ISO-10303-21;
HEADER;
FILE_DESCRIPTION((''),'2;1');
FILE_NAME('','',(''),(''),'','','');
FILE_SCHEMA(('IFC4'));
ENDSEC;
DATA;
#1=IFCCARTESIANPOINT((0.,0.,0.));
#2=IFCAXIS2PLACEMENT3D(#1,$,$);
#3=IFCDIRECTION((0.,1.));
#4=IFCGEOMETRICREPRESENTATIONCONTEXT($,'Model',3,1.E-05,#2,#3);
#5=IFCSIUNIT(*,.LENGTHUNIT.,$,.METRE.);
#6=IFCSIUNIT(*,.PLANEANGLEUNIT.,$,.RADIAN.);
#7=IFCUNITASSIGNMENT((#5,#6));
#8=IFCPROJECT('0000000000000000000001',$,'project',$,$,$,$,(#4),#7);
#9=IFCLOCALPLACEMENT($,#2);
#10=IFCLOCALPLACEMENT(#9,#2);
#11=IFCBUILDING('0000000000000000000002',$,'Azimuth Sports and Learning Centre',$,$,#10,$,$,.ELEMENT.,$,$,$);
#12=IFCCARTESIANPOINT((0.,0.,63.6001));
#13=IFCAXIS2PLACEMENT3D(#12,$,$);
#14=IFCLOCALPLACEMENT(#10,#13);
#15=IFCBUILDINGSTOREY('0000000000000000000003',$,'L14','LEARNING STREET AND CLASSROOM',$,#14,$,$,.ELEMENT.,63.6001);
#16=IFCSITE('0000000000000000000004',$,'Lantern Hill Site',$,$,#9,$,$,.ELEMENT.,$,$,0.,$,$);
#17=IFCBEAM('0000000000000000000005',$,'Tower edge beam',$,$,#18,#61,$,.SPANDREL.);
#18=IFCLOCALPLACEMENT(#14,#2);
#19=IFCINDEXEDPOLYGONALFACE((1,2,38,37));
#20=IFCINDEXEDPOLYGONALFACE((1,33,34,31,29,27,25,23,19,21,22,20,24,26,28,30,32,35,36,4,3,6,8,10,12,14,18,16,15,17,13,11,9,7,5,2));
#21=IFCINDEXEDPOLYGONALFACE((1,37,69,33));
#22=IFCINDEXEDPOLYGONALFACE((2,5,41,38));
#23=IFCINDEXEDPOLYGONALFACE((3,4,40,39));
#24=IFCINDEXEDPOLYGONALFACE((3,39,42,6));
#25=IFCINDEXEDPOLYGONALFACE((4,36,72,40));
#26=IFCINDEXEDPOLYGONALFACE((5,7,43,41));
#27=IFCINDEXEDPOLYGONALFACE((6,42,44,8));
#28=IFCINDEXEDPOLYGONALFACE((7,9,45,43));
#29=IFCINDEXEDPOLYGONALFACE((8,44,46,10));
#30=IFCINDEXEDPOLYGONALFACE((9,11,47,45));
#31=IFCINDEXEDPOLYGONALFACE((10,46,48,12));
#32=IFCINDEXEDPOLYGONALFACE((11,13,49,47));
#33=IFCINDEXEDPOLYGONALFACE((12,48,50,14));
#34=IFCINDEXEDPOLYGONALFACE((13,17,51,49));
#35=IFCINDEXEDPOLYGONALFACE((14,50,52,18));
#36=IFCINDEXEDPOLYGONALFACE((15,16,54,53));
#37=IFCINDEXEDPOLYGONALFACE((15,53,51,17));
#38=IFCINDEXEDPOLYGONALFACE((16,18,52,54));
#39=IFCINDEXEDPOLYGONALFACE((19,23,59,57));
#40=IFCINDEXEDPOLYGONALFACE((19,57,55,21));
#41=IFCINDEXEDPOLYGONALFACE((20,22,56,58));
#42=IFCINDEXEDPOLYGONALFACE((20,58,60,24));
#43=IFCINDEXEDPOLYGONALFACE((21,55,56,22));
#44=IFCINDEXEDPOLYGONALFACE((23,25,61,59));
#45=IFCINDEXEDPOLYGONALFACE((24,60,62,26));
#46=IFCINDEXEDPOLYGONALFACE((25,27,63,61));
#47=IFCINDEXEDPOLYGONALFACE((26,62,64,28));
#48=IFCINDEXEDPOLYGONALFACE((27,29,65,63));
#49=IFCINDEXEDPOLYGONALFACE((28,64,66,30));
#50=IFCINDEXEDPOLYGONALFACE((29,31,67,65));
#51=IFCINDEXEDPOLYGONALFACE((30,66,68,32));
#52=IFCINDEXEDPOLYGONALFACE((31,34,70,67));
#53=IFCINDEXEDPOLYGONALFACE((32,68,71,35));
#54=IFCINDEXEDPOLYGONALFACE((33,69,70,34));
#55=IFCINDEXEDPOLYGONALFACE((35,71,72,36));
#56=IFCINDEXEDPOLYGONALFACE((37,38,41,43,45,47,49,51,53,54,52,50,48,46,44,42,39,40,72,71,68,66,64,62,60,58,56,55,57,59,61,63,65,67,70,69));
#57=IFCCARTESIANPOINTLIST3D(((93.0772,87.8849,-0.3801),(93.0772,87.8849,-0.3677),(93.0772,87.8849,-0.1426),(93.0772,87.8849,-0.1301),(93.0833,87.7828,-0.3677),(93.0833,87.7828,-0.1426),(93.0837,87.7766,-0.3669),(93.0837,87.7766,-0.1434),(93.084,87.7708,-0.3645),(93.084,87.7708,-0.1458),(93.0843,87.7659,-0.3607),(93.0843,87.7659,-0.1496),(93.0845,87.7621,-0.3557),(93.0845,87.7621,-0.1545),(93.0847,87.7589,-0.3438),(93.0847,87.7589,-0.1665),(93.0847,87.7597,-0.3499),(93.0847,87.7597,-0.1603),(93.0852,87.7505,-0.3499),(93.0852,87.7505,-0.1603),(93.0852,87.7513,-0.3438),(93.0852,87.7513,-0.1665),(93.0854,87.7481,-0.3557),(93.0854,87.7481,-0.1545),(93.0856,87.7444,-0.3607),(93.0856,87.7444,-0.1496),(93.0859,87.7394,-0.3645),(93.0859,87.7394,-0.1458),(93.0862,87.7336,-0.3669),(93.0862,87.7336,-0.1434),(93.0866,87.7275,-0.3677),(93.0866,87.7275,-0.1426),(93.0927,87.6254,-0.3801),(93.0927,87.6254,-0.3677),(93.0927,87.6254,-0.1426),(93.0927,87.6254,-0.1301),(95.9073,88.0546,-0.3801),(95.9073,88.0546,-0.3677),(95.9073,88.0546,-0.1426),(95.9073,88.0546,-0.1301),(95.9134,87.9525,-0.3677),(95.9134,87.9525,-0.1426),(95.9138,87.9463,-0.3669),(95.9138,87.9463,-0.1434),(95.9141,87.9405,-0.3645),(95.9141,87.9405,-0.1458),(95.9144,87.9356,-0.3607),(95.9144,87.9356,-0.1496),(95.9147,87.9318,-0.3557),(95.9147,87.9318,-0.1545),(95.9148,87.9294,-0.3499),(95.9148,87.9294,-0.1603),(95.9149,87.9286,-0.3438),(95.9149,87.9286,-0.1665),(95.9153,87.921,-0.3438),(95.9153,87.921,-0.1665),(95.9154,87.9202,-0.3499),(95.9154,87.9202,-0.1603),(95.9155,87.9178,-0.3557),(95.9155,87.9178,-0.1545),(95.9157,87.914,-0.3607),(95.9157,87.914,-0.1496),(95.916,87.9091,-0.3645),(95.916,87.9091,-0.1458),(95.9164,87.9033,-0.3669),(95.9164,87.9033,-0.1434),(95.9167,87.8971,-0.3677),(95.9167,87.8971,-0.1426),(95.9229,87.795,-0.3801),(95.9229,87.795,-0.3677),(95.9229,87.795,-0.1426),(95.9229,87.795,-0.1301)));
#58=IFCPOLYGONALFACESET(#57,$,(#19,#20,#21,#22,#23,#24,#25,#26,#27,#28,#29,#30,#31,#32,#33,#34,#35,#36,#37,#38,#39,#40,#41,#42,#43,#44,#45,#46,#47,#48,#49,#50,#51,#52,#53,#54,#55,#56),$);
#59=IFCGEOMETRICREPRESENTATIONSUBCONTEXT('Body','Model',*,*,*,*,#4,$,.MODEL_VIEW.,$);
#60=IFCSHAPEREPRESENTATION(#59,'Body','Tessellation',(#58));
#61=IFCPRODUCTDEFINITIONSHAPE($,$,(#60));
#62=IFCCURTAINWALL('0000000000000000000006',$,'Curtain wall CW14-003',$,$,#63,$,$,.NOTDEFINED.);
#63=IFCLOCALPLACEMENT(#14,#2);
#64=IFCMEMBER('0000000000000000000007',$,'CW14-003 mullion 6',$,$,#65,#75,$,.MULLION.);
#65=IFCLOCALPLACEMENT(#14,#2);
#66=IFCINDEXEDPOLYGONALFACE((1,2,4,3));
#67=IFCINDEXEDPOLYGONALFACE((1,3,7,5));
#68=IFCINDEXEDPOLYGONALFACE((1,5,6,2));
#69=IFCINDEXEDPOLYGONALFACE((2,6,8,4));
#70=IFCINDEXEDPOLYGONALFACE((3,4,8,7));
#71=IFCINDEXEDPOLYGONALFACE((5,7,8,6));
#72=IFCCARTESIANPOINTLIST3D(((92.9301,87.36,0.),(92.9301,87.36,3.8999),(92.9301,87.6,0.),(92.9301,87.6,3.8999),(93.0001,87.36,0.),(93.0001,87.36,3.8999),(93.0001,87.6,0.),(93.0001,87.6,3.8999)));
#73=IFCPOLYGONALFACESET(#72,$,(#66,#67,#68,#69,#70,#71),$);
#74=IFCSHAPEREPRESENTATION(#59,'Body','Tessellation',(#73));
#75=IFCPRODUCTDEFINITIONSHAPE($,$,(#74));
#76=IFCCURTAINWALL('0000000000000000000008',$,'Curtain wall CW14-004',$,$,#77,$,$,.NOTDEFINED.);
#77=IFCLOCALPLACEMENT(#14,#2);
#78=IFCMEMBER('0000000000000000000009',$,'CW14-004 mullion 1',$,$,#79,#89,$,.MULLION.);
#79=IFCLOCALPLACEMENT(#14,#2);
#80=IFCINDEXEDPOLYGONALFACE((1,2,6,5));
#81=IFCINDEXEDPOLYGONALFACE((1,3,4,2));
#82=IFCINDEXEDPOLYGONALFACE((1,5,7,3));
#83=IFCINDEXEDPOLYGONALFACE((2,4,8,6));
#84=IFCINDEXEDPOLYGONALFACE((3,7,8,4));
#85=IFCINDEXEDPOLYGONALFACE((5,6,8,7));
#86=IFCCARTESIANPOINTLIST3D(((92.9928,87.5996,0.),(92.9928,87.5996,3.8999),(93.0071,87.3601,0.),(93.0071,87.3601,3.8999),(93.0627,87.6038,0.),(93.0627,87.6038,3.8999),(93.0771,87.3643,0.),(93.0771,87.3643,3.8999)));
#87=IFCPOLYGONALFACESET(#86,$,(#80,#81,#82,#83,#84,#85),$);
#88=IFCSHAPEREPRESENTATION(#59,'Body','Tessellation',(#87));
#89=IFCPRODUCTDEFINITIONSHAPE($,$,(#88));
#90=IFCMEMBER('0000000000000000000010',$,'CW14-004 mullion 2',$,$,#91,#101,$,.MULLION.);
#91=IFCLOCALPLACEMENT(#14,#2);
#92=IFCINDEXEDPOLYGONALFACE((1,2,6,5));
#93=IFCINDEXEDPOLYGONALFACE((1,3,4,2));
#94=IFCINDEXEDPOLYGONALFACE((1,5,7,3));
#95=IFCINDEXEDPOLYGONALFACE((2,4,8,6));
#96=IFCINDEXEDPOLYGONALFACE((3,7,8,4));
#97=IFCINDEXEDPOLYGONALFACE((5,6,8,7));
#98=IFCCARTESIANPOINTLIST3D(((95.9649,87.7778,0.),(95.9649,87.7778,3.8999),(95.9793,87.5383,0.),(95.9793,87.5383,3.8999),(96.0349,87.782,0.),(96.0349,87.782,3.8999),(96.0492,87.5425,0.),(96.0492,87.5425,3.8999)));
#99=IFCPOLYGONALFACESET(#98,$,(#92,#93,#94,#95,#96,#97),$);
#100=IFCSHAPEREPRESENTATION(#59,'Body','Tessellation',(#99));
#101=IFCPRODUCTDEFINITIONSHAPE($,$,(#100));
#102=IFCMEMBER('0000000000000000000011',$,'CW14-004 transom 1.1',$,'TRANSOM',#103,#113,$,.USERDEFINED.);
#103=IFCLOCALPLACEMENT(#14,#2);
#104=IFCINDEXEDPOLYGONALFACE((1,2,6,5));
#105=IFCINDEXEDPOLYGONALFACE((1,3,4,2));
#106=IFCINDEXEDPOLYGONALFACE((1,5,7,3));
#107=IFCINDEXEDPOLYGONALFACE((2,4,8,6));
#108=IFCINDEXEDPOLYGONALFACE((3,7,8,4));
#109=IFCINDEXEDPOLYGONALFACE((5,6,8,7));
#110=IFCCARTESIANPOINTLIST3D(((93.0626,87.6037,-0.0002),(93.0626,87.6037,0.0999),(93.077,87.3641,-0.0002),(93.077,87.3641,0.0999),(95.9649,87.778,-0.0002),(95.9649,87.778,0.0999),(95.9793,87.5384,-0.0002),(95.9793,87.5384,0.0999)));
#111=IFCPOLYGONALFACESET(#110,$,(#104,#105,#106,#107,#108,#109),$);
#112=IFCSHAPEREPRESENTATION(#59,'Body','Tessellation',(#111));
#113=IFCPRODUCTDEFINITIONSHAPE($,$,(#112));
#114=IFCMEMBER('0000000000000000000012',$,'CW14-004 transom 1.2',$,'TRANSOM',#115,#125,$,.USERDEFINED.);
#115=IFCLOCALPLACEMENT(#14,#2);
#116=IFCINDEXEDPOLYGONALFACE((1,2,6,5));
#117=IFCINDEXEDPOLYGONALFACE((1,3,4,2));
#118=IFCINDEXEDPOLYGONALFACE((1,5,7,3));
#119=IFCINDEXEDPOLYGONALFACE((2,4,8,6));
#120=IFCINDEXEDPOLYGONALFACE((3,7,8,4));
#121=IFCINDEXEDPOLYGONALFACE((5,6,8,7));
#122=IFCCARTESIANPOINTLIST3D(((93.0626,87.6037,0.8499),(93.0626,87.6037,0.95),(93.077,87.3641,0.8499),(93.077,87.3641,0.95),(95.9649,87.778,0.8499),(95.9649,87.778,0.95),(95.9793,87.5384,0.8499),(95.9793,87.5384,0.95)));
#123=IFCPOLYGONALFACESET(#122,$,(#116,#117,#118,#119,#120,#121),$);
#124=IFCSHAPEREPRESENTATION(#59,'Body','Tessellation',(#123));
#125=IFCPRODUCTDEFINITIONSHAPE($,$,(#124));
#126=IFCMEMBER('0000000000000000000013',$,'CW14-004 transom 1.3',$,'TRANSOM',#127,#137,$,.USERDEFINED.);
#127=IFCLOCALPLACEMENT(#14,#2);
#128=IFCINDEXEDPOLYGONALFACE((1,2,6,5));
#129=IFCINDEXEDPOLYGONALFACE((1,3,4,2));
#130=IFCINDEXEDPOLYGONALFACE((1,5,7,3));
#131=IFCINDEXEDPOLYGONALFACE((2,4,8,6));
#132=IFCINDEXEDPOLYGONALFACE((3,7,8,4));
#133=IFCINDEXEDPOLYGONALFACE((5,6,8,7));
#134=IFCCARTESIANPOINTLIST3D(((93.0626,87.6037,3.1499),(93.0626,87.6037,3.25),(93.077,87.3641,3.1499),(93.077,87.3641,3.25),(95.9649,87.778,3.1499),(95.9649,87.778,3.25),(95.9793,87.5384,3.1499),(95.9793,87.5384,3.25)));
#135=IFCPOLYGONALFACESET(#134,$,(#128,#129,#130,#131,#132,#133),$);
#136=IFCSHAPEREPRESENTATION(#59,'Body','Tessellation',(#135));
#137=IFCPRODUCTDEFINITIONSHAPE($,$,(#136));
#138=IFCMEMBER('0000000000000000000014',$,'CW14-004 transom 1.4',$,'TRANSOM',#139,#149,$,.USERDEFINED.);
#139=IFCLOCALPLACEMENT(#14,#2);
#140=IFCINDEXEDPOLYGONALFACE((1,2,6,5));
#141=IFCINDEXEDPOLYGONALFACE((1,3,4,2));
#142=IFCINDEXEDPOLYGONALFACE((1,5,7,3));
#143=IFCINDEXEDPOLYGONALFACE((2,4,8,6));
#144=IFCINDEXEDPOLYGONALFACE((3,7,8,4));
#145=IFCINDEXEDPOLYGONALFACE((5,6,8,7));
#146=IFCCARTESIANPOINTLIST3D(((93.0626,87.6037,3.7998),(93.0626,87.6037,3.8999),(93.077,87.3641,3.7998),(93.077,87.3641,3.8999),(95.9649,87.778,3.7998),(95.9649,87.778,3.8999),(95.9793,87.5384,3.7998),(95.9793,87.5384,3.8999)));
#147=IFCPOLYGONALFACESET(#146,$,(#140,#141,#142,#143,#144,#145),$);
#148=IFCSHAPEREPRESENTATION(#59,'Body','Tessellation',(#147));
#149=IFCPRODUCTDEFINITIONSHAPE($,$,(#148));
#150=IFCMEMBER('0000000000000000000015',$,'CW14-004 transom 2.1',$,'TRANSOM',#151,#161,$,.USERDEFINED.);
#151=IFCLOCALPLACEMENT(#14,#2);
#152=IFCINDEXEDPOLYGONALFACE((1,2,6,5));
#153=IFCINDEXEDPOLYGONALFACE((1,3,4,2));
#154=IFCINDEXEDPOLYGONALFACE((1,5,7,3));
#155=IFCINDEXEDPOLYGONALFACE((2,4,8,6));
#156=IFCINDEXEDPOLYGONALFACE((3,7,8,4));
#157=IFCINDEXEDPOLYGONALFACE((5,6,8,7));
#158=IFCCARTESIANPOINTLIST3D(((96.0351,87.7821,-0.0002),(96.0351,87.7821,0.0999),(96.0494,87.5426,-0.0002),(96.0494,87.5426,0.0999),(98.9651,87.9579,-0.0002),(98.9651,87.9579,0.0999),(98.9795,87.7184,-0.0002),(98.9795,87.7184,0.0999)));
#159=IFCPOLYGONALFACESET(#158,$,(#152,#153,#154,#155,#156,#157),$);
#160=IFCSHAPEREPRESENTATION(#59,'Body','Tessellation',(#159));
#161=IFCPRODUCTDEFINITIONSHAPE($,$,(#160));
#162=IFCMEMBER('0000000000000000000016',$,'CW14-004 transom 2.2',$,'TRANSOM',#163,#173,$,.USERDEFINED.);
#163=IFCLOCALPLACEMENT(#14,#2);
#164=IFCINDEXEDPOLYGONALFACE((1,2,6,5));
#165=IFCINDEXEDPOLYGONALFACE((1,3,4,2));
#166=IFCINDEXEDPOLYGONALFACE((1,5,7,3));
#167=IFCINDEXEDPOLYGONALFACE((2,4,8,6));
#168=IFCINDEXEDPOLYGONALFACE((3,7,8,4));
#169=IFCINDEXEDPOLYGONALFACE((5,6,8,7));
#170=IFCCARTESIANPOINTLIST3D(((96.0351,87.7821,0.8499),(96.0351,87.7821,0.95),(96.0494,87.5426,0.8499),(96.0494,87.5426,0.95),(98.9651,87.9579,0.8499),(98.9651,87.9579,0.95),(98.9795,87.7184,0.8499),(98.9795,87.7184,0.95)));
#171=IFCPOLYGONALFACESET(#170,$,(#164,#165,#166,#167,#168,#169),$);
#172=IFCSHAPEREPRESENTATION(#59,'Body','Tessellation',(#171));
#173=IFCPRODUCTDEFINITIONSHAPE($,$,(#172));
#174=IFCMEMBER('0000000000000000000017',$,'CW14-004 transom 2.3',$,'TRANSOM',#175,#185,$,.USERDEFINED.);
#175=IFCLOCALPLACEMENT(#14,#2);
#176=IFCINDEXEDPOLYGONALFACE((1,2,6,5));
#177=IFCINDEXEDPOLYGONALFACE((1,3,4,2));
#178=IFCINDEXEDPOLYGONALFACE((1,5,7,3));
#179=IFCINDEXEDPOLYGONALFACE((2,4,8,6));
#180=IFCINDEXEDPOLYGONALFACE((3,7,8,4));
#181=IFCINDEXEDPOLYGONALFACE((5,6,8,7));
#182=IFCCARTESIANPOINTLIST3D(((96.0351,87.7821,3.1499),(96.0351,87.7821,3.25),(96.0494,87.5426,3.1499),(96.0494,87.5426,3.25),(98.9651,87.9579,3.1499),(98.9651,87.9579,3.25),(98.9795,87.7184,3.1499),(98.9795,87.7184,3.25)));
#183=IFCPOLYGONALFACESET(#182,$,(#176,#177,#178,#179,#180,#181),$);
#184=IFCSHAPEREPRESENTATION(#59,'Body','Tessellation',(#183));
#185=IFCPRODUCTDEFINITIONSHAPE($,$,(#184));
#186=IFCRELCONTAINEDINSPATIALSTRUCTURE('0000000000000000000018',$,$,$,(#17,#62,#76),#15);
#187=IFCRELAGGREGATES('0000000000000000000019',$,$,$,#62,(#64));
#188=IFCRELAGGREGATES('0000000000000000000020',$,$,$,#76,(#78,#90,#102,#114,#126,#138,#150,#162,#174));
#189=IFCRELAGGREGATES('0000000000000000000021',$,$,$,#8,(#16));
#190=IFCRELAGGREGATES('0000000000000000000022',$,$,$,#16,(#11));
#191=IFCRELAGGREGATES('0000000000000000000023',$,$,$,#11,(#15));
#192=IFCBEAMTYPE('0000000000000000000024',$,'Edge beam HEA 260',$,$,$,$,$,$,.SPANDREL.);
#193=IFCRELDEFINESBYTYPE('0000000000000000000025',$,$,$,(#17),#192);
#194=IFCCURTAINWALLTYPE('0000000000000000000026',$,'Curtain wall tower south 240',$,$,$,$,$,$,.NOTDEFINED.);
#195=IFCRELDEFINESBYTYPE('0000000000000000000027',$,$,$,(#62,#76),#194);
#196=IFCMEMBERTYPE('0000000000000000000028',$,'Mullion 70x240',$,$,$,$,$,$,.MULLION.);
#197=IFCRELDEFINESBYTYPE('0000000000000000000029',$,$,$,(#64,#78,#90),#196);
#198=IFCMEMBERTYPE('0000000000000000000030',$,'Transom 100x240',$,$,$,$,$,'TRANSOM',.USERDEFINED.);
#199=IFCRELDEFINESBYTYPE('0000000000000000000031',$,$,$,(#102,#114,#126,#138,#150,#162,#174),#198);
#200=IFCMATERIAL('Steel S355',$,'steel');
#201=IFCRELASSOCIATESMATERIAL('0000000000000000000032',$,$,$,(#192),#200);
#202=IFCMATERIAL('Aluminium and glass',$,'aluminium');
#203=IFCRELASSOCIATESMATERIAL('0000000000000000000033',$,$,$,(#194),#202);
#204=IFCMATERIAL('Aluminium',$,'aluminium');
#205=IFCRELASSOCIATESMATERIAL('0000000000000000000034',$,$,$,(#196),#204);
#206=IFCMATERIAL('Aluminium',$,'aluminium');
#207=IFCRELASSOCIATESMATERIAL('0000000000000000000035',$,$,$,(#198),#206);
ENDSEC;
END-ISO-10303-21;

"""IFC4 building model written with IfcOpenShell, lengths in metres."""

from ifc_helpers import new_model, si_unit, direction, frame, origin, origin_2d, place, context, subcontext, project, spatial, rectangle, i_section, extrude, material, material_profile, profile_set, type_object, element, aggregate, save


model = new_model("IFC4")

# Units and contexts
model_context = context("Model", 3, precision=1e-05, world=origin(), true_north=direction((0.0, 1.0)))
body_context = subcontext(model_context, "Body", "Model", "MODEL_VIEW")
ifc_project = project(units=[si_unit("LENGTHUNIT", "METRE"), si_unit("PLANEANGLEUNIT", "RADIAN")], contexts=[model_context])

# Site, building, storey
site_placement = place(None, origin())
site = spatial("IfcSite", under=ifc_project, at=site_placement, Name="Lantern Hill Site", CompositionType="ELEMENT", RefElevation=0.0)
building_placement = place(site_placement, origin())
building = spatial("IfcBuilding", under=site, at=building_placement, Name="Azimuth Sports and Learning Centre", CompositionType="ELEMENT")
storey_placement = place(building_placement, frame((0.0, 0.0, 63.6001)))
storey = spatial("IfcBuildingStorey", under=building, at=storey_placement, Name="L14", Description="LEARNING STREET AND CLASSROOM", CompositionType="ELEMENT", Elevation=63.6001)

# Beam
ifc_material_1 = material(Name="Steel S355", Category="steel")
ifc_material_profile_1 = material_profile(ifc_material_1, i_section(OverallWidth=0.26, OverallDepth=0.25, WebThickness=0.0076, FlangeThickness=0.0125, FilletRadius=0.0239, at=origin_2d()), Name="HEA 260")
ifc_profile_set_1 = profile_set([ifc_material_profile_1], Name="Steel S355")
beam_type = type_object("IfcBeamType", Name="Edge beam HEA 260", PredefinedType="SPANDREL", material=ifc_profile_set_1)
beam_placement = place(storey_placement, frame((93.085, 87.7551, -0.2551), z_axis=(0.998208, 0.059848, 0.0), x_axis=(-0.059848, 0.998208, 0.0)))
element("IfcBeam", 1, at=beam_placement, inside=storey, type_object=beam_type, Name="Tower edge beam", PredefinedType="SPANDREL", context=body_context, shape_type="SweptSolid", body=[
    extrude(i_section(OverallWidth=0.26, OverallDepth=0.25, WebThickness=0.0076, FlangeThickness=0.0125, FilletRadius=0.0239, at=origin_2d()), origin(), (0.0, 0.0, 1.0), 2.8352),
])

# Curtain wall, member
ifc_material_2 = material(Name="Aluminium and glass", Category="aluminium")
curtain_wall_type = type_object("IfcCurtainWallType", Name="Curtain wall tower south 240", PredefinedType="NOTDEFINED", material=ifc_material_2)
curtain_wall_1_placement = place(storey_placement, origin())
curtain_wall_1 = element("IfcCurtainWall", 2, at=curtain_wall_1_placement, inside=storey, type_object=curtain_wall_type, Name="Curtain wall CW14-003", PredefinedType="NOTDEFINED")
ifc_material_3 = material(Name="Aluminium", Category="aluminium")
ifc_material_profile_2 = material_profile(ifc_material_3, rectangle(XDim=0.24, YDim=0.0701, at=origin_2d()), Name="Mullion 70x240")
ifc_profile_set_2 = profile_set([ifc_material_profile_2], Name="Aluminium")
member_type_1 = type_object("IfcMemberType", Name="Mullion 70x240", PredefinedType="MULLION", material=ifc_profile_set_2)
member_1_placement = place(storey_placement, frame((92.9651, 87.48, 0.0), z_axis=(0.0, 0.0, 1.0), x_axis=(0.0, 1.0, 0.0)))
member_1 = element("IfcMember", 3, at=member_1_placement, type_object=member_type_1, Name="CW14-003 mullion 6", PredefinedType="MULLION", context=body_context, shape_type="SweptSolid", body=[
    extrude(rectangle(XDim=0.24, YDim=0.0701, at=origin_2d()), origin(), (0.0, 0.0, 1.0), 3.8999),
])
aggregate(curtain_wall_1, [member_1])

# Curtain wall, members
curtain_wall_2_placement = place(storey_placement, origin())
curtain_wall_2 = element("IfcCurtainWall", 4, at=curtain_wall_2_placement, inside=storey, type_object=curtain_wall_type, Name="Curtain wall CW14-004", PredefinedType="NOTDEFINED")
member_2_placement = place(storey_placement, frame((93.0349, 87.4819, 0.0), z_axis=(0.0, 0.0, 1.0), x_axis=(-0.059892, 0.998205, 0.0)))
member_2 = element("IfcMember", 5, at=member_2_placement, type_object=member_type_1, Name="CW14-004 mullion 1", PredefinedType="MULLION", context=body_context, shape_type="SweptSolid", body=[
    extrude(rectangle(XDim=0.24, YDim=0.0701, at=origin_2d()), origin(), (0.0, 0.0, 1.0), 3.8999),
])
member_3_placement = place(storey_placement, frame((96.0071, 87.6602, 0.0), z_axis=(0.0, 0.0, 1.0), x_axis=(-0.059892, 0.998205, 0.0)))
member_3 = element("IfcMember", 6, at=member_3_placement, type_object=member_type_1, Name="CW14-004 mullion 2", PredefinedType="MULLION", context=body_context, shape_type="SweptSolid", body=[
    extrude(rectangle(XDim=0.24, YDim=0.0701, at=origin_2d()), origin(), (0.0, 0.0, 1.0), 3.8999),
])
ifc_material_4 = material(Name="Aluminium", Category="aluminium")
ifc_material_profile_3 = material_profile(ifc_material_4, rectangle(XDim=0.24, YDim=0.1001, at=origin_2d()), Name="Transom 100x240")
ifc_profile_set_3 = profile_set([ifc_material_profile_3], Name="Aluminium")
member_type_2 = type_object("IfcMemberType", Name="Transom 100x240", ElementType="TRANSOM", PredefinedType="USERDEFINED", material=ifc_profile_set_3)
member_4_placement = place(storey_placement, frame((93.0698, 87.4839, 0.0498), z_axis=(0.998201, 0.059953, 0.0), x_axis=(-0.059953, 0.998201, 0.0)))
member_4 = element("IfcMember", 7, at=member_4_placement, type_object=member_type_2, Name="CW14-004 transom 1.1", ObjectType="TRANSOM", PredefinedType="USERDEFINED", context=body_context, shape_type="SweptSolid", body=[
    extrude(rectangle(XDim=0.24, YDim=0.1001, at=origin_2d()), origin(), (0.0, 0.0, 1.0), 2.9075),
])
member_5_placement = place(storey_placement, frame((93.0698, 87.4839, 0.8999), z_axis=(0.998201, 0.059953, 0.0), x_axis=(-0.059953, 0.998201, 0.0)))
member_5 = element("IfcMember", 8, at=member_5_placement, type_object=member_type_2, Name="CW14-004 transom 1.2", ObjectType="TRANSOM", PredefinedType="USERDEFINED", context=body_context, shape_type="SweptSolid", body=[
    extrude(rectangle(XDim=0.24, YDim=0.1001, at=origin_2d()), origin(), (0.0, 0.0, 1.0), 2.9075),
])
member_6_placement = place(storey_placement, frame((93.0698, 87.4839, 3.2), z_axis=(0.998201, 0.059953, 0.0), x_axis=(-0.059953, 0.998201, 0.0)))
member_6 = element("IfcMember", 9, at=member_6_placement, type_object=member_type_2, Name="CW14-004 transom 1.3", ObjectType="TRANSOM", PredefinedType="USERDEFINED", context=body_context, shape_type="SweptSolid", body=[
    extrude(rectangle(XDim=0.24, YDim=0.1001, at=origin_2d()), origin(), (0.0, 0.0, 1.0), 2.9075),
])
member_7_placement = place(storey_placement, frame((93.0698, 87.4839, 3.8499), z_axis=(0.998201, 0.059953, 0.0), x_axis=(-0.059953, 0.998201, 0.0)))
member_7 = element("IfcMember", 10, at=member_7_placement, type_object=member_type_2, Name="CW14-004 transom 1.4", ObjectType="TRANSOM", PredefinedType="USERDEFINED", context=body_context, shape_type="SweptSolid", body=[
    extrude(rectangle(XDim=0.24, YDim=0.1001, at=origin_2d()), origin(), (0.0, 0.0, 1.0), 2.9075),
])
member_8_placement = place(storey_placement, frame((96.0422, 87.6624, 0.0498), z_axis=(0.998205, 0.059887, 0.0), x_axis=(-0.059887, 0.998205, 0.0)))
member_8 = element("IfcMember", 11, at=member_8_placement, type_object=member_type_2, Name="CW14-004 transom 2.1", ObjectType="TRANSOM", PredefinedType="USERDEFINED", context=body_context, shape_type="SweptSolid", body=[
    extrude(rectangle(XDim=0.24, YDim=0.1001, at=origin_2d()), origin(), (0.0, 0.0, 1.0), 2.9353),
])
member_9_placement = place(storey_placement, frame((96.0422, 87.6624, 0.8999), z_axis=(0.998205, 0.059887, 0.0), x_axis=(-0.059887, 0.998205, 0.0)))
member_9 = element("IfcMember", 12, at=member_9_placement, type_object=member_type_2, Name="CW14-004 transom 2.2", ObjectType="TRANSOM", PredefinedType="USERDEFINED", context=body_context, shape_type="SweptSolid", body=[
    extrude(rectangle(XDim=0.24, YDim=0.1001, at=origin_2d()), origin(), (0.0, 0.0, 1.0), 2.9353),
])
member_10_placement = place(storey_placement, frame((96.0422, 87.6624, 3.2), z_axis=(0.998205, 0.059887, 0.0), x_axis=(-0.059887, 0.998205, 0.0)))
member_10 = element("IfcMember", 13, at=member_10_placement, type_object=member_type_2, Name="CW14-004 transom 2.3", ObjectType="TRANSOM", PredefinedType="USERDEFINED", context=body_context, shape_type="SweptSolid", body=[
    extrude(rectangle(XDim=0.24, YDim=0.1001, at=origin_2d()), origin(), (0.0, 0.0, 1.0), 2.9353),
])
aggregate(curtain_wall_2, [member_2, member_3, member_4, member_5, member_6, member_7, member_8, member_9, member_10])

save(model, "model.ifc")
